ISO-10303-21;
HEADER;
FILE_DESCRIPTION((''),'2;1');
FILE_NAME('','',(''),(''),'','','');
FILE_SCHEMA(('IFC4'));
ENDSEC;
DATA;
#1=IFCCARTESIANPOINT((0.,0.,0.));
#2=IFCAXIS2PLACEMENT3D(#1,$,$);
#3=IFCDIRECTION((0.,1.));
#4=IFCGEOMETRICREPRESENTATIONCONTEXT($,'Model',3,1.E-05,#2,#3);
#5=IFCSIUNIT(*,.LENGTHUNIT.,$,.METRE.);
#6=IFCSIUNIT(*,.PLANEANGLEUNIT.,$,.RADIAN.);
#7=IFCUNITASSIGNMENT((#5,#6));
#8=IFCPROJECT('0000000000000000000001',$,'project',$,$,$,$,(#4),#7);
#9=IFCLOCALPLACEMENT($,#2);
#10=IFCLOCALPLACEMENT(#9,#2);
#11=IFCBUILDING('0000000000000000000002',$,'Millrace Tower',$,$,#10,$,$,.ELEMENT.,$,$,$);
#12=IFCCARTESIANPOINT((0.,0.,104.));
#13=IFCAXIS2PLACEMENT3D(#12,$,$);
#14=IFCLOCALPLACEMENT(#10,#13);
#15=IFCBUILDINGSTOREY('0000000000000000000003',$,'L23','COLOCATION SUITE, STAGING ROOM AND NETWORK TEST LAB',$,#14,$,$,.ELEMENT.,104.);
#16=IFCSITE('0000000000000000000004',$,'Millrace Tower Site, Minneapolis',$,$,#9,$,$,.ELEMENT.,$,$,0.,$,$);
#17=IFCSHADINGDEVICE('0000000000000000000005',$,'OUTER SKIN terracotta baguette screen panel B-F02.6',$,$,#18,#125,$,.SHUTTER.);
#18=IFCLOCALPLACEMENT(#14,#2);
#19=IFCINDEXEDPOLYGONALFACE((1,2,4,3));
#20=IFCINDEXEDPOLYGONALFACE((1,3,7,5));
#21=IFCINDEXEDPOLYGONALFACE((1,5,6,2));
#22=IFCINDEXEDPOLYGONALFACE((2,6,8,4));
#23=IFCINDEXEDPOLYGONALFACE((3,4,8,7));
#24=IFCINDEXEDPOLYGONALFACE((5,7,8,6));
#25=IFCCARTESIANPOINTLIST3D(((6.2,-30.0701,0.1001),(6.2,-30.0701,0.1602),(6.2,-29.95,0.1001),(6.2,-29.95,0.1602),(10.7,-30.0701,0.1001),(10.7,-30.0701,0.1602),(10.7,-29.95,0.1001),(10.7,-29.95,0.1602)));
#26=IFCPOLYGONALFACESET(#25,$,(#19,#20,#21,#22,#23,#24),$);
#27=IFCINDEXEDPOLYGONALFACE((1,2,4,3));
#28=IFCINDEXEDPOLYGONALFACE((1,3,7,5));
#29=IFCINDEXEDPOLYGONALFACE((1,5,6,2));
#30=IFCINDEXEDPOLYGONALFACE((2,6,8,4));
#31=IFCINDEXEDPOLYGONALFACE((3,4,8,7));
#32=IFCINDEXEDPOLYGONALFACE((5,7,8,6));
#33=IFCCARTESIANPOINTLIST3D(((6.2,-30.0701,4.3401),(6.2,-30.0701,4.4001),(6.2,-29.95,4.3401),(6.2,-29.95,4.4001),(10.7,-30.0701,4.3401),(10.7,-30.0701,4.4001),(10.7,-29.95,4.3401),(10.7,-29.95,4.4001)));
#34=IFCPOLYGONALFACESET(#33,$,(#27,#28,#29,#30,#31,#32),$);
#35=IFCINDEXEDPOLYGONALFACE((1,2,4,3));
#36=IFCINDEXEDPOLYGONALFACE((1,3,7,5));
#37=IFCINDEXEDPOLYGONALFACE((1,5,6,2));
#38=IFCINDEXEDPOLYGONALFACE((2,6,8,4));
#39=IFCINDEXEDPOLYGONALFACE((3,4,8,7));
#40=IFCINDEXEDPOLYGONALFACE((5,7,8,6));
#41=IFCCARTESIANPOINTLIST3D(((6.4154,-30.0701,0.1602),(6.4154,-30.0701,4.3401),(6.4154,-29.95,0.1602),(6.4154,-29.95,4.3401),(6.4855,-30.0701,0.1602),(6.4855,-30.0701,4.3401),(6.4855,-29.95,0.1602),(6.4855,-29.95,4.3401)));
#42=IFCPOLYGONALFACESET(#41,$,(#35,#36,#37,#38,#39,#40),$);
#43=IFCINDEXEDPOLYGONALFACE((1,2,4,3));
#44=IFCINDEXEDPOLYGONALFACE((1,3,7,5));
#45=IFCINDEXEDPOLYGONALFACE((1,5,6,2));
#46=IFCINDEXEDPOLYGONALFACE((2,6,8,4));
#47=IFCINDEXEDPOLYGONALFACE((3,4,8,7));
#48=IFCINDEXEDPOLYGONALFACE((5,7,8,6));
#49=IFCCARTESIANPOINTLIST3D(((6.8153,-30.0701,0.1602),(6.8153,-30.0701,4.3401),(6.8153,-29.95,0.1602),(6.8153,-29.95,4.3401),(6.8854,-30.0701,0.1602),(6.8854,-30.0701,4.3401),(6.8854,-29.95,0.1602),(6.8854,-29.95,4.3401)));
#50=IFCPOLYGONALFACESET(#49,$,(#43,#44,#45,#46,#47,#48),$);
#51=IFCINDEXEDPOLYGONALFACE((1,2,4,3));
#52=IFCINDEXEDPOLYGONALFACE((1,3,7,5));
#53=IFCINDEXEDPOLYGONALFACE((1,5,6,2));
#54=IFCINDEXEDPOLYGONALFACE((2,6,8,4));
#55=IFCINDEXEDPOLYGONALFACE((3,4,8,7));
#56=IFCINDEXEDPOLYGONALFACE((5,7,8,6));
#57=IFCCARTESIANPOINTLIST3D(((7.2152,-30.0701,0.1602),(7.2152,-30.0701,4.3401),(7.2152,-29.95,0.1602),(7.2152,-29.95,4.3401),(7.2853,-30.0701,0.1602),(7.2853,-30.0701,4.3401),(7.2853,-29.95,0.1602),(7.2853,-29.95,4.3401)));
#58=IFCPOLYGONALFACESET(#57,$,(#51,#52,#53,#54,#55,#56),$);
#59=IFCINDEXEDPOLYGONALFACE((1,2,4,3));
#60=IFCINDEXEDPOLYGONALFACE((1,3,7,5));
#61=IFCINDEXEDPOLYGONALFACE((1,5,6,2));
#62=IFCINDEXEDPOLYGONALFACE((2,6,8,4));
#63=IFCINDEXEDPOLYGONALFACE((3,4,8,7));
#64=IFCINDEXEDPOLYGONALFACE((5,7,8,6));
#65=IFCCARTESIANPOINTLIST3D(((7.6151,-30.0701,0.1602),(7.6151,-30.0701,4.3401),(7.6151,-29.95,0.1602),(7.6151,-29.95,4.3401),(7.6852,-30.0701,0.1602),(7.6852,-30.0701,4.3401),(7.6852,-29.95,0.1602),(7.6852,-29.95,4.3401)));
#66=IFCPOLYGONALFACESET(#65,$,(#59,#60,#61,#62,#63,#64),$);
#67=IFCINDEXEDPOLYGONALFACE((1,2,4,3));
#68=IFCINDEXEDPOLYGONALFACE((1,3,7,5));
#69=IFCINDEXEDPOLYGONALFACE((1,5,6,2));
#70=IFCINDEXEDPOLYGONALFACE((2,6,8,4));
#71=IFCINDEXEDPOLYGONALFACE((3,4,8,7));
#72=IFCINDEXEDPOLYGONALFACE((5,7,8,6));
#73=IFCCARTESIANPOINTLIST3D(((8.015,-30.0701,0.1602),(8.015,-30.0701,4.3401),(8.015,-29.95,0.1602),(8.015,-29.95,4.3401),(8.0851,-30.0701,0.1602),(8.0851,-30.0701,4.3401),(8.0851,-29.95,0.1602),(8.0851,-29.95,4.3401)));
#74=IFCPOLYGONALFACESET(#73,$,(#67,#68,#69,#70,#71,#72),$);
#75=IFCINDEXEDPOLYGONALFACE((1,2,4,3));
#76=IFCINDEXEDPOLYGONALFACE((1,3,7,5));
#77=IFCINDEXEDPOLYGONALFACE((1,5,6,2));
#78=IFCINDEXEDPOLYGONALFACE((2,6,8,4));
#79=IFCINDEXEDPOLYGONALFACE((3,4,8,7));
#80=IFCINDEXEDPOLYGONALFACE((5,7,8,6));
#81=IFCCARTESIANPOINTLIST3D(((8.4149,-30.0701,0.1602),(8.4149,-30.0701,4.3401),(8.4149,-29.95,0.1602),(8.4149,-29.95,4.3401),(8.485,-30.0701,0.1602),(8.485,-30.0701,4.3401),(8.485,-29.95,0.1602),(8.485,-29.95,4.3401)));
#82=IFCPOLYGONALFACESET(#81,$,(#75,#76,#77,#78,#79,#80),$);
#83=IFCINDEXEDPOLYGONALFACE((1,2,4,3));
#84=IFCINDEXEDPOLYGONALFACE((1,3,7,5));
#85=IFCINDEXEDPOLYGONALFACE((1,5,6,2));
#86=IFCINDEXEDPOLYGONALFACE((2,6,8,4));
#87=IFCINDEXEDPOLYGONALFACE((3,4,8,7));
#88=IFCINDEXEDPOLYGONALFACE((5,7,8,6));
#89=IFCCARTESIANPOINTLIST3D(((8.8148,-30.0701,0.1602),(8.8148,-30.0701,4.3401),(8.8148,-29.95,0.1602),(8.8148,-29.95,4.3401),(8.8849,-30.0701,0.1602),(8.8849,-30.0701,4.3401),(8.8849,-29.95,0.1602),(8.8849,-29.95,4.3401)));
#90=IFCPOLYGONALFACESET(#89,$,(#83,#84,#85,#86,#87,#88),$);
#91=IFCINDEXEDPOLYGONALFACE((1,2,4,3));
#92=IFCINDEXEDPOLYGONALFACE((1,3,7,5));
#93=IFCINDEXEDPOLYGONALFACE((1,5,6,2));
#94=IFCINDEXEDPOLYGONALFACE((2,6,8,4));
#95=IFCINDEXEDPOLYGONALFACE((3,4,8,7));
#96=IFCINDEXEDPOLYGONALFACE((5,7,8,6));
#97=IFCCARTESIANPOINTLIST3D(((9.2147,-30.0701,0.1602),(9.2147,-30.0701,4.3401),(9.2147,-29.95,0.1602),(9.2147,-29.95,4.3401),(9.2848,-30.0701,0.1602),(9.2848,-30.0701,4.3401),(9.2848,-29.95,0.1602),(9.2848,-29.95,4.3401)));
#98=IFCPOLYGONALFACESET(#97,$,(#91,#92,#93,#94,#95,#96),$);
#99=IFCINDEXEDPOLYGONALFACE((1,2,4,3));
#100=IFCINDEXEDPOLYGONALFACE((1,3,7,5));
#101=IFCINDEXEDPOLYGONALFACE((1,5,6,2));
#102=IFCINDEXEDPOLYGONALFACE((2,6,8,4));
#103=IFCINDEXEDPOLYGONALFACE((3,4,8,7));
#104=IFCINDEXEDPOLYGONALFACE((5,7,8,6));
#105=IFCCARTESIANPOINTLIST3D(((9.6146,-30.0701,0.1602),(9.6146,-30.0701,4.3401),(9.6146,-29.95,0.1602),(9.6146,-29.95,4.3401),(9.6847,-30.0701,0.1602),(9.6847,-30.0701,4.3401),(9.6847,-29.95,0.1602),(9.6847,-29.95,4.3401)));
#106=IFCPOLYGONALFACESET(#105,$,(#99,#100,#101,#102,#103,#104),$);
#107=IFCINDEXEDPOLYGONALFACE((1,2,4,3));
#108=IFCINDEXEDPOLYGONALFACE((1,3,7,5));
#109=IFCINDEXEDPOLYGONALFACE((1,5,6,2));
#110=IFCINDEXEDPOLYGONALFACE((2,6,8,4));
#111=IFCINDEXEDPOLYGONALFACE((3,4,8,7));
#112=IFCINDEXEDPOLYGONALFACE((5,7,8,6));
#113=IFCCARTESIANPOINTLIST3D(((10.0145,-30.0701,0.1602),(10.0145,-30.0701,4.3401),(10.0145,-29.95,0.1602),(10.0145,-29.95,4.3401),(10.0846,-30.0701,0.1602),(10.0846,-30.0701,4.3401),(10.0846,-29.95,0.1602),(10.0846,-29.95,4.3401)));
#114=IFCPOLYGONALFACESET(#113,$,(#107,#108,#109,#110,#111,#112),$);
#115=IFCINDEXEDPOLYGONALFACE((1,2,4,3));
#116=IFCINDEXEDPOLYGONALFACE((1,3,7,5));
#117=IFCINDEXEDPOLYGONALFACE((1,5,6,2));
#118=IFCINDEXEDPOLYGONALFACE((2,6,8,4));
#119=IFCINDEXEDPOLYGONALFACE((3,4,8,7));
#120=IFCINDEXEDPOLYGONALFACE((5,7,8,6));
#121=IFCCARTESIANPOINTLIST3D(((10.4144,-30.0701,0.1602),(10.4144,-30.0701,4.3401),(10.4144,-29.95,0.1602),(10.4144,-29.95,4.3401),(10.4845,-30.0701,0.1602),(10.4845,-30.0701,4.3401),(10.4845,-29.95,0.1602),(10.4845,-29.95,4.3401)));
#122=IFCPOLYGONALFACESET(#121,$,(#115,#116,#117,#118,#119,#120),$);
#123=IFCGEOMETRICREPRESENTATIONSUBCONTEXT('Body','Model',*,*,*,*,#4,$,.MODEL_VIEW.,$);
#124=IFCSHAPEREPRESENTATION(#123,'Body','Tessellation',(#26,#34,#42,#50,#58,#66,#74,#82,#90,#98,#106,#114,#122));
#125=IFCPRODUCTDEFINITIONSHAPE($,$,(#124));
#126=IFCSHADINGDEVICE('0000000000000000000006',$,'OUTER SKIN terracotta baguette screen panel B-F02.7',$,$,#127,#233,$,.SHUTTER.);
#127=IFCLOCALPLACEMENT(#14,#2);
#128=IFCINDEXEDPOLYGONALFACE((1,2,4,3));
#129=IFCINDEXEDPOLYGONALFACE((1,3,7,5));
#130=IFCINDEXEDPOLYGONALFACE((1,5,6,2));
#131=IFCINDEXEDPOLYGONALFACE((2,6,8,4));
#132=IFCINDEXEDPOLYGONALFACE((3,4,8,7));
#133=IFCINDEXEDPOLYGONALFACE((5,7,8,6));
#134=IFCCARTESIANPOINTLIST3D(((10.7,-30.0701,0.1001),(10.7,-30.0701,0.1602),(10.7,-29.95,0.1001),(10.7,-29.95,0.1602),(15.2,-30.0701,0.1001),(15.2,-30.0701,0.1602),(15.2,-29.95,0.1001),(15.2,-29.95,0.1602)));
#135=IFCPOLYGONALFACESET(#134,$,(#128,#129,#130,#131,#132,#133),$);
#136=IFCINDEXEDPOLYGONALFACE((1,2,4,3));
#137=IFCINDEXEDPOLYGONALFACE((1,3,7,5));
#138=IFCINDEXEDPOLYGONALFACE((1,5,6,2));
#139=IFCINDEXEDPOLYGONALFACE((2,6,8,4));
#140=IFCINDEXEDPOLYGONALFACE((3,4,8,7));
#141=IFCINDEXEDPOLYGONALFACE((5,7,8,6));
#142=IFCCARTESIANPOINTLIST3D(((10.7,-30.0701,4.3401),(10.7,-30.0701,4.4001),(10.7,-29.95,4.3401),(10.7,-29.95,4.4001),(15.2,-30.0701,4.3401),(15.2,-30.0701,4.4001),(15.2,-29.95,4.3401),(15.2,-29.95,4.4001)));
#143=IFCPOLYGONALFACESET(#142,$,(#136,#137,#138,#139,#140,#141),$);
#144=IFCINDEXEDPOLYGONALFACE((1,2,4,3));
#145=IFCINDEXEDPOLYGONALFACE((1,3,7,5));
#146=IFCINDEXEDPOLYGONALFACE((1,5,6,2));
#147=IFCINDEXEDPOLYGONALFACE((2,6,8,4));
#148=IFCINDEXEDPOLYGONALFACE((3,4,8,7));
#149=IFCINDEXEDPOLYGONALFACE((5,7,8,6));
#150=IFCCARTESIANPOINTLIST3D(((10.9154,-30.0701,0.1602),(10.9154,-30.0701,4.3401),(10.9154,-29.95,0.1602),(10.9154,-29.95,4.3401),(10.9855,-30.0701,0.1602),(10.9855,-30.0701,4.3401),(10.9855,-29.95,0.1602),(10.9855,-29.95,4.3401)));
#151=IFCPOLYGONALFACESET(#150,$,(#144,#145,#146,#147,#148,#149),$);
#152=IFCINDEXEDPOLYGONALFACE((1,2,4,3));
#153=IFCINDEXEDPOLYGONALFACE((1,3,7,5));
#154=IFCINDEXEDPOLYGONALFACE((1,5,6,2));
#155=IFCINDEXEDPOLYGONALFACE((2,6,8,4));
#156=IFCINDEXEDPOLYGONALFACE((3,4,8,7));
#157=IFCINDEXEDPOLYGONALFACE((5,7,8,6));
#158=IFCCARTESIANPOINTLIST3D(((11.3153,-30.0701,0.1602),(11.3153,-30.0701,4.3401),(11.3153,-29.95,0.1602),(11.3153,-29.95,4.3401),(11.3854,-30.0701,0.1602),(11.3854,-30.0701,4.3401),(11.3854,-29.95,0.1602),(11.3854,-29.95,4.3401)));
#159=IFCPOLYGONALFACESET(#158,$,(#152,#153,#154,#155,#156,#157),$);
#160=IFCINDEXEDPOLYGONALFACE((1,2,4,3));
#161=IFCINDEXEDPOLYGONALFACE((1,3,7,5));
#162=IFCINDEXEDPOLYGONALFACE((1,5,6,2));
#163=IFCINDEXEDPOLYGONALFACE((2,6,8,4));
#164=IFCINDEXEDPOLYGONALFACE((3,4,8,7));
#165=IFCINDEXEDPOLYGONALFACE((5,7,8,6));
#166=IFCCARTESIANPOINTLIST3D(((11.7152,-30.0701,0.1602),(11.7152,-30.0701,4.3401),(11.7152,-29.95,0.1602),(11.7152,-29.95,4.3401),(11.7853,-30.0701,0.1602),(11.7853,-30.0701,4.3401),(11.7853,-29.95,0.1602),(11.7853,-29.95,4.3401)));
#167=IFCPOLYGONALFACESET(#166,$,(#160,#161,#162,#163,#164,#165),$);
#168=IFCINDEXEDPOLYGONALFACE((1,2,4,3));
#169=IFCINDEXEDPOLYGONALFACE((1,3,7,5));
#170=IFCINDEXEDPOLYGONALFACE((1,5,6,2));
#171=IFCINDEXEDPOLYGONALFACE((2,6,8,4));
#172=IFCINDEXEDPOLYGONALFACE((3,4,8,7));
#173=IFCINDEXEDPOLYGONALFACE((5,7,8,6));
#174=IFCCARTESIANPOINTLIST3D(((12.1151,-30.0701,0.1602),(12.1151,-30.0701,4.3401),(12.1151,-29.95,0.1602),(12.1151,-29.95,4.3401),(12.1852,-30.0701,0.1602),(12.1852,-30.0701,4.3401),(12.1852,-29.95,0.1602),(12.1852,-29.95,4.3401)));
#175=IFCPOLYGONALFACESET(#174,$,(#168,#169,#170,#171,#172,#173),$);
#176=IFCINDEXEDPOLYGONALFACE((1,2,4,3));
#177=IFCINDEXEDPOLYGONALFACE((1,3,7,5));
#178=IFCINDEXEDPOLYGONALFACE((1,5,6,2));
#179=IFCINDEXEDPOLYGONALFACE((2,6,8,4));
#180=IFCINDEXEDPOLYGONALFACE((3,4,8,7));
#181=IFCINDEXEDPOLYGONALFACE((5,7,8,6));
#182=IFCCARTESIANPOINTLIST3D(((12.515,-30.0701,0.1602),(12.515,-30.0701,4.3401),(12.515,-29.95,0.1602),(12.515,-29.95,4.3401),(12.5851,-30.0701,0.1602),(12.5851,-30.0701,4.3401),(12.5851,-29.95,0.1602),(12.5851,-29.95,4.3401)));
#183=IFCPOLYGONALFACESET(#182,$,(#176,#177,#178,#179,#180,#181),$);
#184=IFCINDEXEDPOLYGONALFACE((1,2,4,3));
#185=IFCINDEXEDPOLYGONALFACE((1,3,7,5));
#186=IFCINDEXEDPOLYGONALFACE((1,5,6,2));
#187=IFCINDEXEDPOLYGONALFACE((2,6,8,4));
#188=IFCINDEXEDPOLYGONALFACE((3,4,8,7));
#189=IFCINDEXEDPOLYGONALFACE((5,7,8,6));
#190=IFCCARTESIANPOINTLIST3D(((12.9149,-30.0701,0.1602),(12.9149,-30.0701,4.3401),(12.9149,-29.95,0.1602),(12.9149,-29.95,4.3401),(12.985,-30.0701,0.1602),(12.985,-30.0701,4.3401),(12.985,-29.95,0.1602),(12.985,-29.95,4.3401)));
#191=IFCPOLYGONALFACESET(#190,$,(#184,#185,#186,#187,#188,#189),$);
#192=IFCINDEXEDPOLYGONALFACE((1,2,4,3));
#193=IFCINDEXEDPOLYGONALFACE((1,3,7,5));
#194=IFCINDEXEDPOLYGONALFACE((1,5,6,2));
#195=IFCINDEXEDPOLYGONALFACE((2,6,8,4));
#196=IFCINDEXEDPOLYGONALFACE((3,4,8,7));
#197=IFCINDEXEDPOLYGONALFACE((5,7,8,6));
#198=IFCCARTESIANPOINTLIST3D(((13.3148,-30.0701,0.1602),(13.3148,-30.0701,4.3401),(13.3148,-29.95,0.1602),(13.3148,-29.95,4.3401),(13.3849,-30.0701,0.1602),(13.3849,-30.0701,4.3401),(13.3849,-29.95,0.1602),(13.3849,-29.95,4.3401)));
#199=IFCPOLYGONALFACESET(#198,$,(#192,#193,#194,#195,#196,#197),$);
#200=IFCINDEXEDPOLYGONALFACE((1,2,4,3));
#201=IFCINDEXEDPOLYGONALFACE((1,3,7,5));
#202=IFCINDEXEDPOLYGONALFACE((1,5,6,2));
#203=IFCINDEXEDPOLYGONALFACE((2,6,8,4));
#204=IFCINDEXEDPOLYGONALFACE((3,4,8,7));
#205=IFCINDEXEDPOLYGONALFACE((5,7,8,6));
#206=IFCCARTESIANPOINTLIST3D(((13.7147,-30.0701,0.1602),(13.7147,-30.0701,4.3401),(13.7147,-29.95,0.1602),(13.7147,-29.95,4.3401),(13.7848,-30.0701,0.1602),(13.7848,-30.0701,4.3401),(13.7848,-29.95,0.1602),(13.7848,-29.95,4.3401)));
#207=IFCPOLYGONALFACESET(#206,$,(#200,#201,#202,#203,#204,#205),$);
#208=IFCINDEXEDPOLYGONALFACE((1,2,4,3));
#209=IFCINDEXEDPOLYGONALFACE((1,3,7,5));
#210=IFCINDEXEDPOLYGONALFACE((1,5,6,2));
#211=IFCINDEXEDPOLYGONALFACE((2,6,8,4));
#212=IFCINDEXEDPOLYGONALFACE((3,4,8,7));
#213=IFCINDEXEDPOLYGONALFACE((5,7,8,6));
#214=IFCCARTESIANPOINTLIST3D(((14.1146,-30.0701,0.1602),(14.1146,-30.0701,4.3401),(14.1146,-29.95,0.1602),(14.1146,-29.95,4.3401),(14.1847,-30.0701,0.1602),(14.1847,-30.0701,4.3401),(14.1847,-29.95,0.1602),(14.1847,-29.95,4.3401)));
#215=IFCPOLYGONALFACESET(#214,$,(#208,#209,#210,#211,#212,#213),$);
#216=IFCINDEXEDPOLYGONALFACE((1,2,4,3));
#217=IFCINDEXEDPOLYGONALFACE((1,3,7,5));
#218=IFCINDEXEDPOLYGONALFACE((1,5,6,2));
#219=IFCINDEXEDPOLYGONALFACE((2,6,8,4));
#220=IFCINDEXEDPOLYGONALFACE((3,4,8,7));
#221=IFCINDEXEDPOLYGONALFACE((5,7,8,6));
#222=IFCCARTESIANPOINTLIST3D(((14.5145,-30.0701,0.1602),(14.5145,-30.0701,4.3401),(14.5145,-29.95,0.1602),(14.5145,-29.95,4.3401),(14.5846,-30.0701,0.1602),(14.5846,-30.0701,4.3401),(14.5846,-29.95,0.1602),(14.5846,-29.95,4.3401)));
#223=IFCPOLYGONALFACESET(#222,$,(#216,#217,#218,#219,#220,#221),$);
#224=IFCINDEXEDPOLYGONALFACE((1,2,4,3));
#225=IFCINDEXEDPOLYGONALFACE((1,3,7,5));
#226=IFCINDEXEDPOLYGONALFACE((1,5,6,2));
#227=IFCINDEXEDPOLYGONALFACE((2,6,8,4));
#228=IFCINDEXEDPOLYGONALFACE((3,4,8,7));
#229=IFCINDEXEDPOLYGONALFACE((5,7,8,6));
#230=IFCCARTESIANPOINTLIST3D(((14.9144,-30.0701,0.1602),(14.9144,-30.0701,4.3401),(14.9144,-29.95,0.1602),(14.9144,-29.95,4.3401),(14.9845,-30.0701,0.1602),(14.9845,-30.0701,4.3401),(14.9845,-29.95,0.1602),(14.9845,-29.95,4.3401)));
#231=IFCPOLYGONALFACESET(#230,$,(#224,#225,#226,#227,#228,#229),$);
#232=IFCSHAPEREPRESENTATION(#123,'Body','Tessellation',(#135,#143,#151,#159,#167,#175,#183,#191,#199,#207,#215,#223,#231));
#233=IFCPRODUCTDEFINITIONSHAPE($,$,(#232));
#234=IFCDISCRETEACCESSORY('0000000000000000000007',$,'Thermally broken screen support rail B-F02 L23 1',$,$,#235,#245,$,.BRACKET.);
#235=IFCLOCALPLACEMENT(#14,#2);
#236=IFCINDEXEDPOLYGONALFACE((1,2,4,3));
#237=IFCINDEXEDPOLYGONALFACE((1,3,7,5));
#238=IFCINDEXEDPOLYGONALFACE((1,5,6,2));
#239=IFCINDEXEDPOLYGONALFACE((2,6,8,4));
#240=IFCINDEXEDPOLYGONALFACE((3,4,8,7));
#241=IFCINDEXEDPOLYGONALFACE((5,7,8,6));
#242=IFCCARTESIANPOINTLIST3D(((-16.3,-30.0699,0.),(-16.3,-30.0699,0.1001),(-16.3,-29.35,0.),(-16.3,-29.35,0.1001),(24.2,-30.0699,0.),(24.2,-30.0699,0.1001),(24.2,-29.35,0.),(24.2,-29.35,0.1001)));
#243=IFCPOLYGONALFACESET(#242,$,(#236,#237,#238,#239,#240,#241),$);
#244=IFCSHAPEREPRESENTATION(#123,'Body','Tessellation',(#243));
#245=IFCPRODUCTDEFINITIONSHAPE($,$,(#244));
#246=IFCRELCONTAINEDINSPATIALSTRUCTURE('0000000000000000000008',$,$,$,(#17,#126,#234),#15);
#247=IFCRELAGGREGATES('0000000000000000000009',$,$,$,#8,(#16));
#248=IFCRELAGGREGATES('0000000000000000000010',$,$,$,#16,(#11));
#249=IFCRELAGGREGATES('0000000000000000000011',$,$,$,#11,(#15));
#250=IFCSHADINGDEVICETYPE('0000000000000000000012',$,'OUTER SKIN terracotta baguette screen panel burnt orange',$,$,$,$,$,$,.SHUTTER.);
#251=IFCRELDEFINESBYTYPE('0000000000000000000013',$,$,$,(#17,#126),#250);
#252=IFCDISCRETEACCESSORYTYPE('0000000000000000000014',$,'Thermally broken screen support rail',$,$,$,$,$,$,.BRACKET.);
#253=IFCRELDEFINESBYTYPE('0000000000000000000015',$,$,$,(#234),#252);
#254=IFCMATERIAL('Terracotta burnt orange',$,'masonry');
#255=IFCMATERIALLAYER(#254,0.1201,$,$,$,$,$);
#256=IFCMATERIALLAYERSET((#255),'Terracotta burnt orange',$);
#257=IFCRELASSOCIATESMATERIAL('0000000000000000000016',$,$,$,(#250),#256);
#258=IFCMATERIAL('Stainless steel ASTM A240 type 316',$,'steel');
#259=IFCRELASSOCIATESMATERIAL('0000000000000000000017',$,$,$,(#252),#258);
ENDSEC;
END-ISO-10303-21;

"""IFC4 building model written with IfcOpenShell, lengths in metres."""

from ifc_helpers import new_model, entity, si_unit, direction, frame, frame_2d, origin, origin_2d, place, context, subcontext, project, spatial, rectangle, extrude, source, transform, mapped, material, layer, layer_set, type_object, element, save


model = new_model("IFC4")

# Units and contexts
model_context = context("Model", 3, precision=1e-05, world=origin(), true_north=direction((0.0, 1.0)))
body_context = subcontext(model_context, "Body", "Model", "MODEL_VIEW")
ifc_project = project(units=[si_unit("LENGTHUNIT", "METRE"), si_unit("PLANEANGLEUNIT", "RADIAN")], contexts=[model_context])

# Site, building, storey
site_placement = place(None, origin())
site = spatial("IfcSite", under=ifc_project, at=site_placement, Name="Millrace Tower Site, Minneapolis", CompositionType="ELEMENT", RefElevation=0.0)
building_placement = place(site_placement, origin())
building = spatial("IfcBuilding", under=site, at=building_placement, Name="Millrace Tower", CompositionType="ELEMENT")
storey_placement = place(building_placement, frame((0.0, 0.0, 104.0)))
storey = spatial("IfcBuildingStorey", under=building, at=storey_placement, Name="L23", Description="COLOCATION SUITE, STAGING ROOM AND NETWORK TEST LAB", CompositionType="ELEMENT", Elevation=104.0)

# Shading devices
ifc_material_1 = material(Name="Terracotta burnt orange", Category="masonry")
ifc_layer_1 = layer(ifc_material_1, 0.1201)
ifc_layer_set_1 = layer_set([ifc_layer_1], Name="Terracotta burnt orange")
shading_device_type = type_object("IfcShadingDeviceType", Name="OUTER SKIN terracotta baguette screen panel burnt orange", PredefinedType="SHUTTER", material=ifc_layer_set_1)
cartesian_point = entity("IfcCartesianPoint", [-2.25, 0.0601])
shared_polyline = entity("IfcPolyline", [cartesian_point, entity("IfcCartesianPoint", [2.25, 0.0601]), entity("IfcCartesianPoint", [2.25, -0.0601]), entity("IfcCartesianPoint", [-2.25, -0.0601]), cartesian_point])
shared_shape = source(origin(), body_context, "Body", "SweptSolid", [
    entity("IfcExtrudedAreaSolid", entity("IfcArbitraryClosedProfileDef", "AREA", None, shared_polyline), entity("IfcAxis2Placement3D", entity("IfcCartesianPoint", [0.0, 0.0, 0.0])), entity("IfcDirection", [0.0, 0.0, 1.0]), 0.0601),
    entity("IfcExtrudedAreaSolid", entity("IfcArbitraryClosedProfileDef", "AREA", None, shared_polyline), entity("IfcAxis2Placement3D", entity("IfcCartesianPoint", [0.0, 0.0, 4.24])), entity("IfcDirection", [0.0, 0.0, 1.0]), 0.0601),
    extrude(rectangle(XDim=0.0701, YDim=0.1201, at=frame_2d((-1.9995, 0.0))), frame((0.0, 0.0, 0.0601)), (0.0, 0.0, 1.0), 4.1799),
    extrude(rectangle(XDim=0.0701, YDim=0.1201, at=frame_2d((-1.5996, 0.0))), frame((0.0, 0.0, 0.0601)), (0.0, 0.0, 1.0), 4.1799),
    extrude(rectangle(XDim=0.0701, YDim=0.1201, at=frame_2d((-1.1997, 0.0))), frame((0.0, 0.0, 0.0601)), (0.0, 0.0, 1.0), 4.1799),
    extrude(rectangle(XDim=0.0701, YDim=0.1201, at=frame_2d((-0.7998, 0.0))), frame((0.0, 0.0, 0.0601)), (0.0, 0.0, 1.0), 4.1799),
    extrude(rectangle(XDim=0.0701, YDim=0.1201, at=frame_2d((-0.3999, 0.0))), frame((0.0, 0.0, 0.0601)), (0.0, 0.0, 1.0), 4.1799),
    extrude(rectangle(XDim=0.0701, YDim=0.1201, at=origin_2d()), frame((0.0, 0.0, 0.0601)), (0.0, 0.0, 1.0), 4.1799),
    extrude(rectangle(XDim=0.0701, YDim=0.1201, at=frame_2d((0.3999, 0.0))), frame((0.0, 0.0, 0.0601)), (0.0, 0.0, 1.0), 4.1799),
    extrude(rectangle(XDim=0.0701, YDim=0.1201, at=frame_2d((0.7998, 0.0))), frame((0.0, 0.0, 0.0601)), (0.0, 0.0, 1.0), 4.1799),
    extrude(rectangle(XDim=0.0701, YDim=0.1201, at=frame_2d((1.1997, 0.0))), frame((0.0, 0.0, 0.0601)), (0.0, 0.0, 1.0), 4.1799),
    extrude(rectangle(XDim=0.0701, YDim=0.1201, at=frame_2d((1.5996, 0.0))), frame((0.0, 0.0, 0.0601)), (0.0, 0.0, 1.0), 4.1799),
    extrude(rectangle(XDim=0.0701, YDim=0.1201, at=frame_2d((1.9995, 0.0))), frame((0.0, 0.0, 0.0601)), (0.0, 0.0, 1.0), 4.1799),
])
for number, where, z_axis, x_axis, name in (
    (1, (8.45, -30.01, 0.1001), (0.0, 0.0, 1.0), (1.0, 0.0, 0.0), "OUTER SKIN terracotta baguette screen panel B-F02.6"),
    (2, (12.95, -30.01, 0.1001), (0.0, 0.0, 1.0), (1.0, 0.0, 0.0), "OUTER SKIN terracotta baguette screen panel B-F02.7"),
):
    element("IfcShadingDevice", number, at=place(storey_placement, frame(where, z_axis=z_axis, x_axis=x_axis)), inside=storey, type_object=shading_device_type, Name=name, PredefinedType="SHUTTER", context=body_context, shape_type="MappedRepresentation", body=[
        mapped(shared_shape, transform((0.0, 0.0, 0.0), scale=1.0)),
    ])

# Discrete accessory
ifc_material_2 = material(Name="Stainless steel ASTM A240 type 316", Category="steel")
discrete_accessory_type = type_object("IfcDiscreteAccessoryType", Name="Thermally broken screen support rail", PredefinedType="BRACKET", material=ifc_material_2)
discrete_accessory_placement = place(storey_placement, frame((3.95, -29.71, 0.0), z_axis=(0.0, 0.0, 1.0), x_axis=(1.0, 0.0, 0.0)))
element("IfcDiscreteAccessory", 3, at=discrete_accessory_placement, inside=storey, type_object=discrete_accessory_type, Name="Thermally broken screen support rail B-F02 L23 1", PredefinedType="BRACKET", context=body_context, shape_type="SweptSolid", body=[
    extrude(rectangle(XDim=40.5, YDim=0.72, at=origin_2d()), origin(), (0.0, 0.0, 1.0), 0.1001),
])

save(model, "model.ifc")
